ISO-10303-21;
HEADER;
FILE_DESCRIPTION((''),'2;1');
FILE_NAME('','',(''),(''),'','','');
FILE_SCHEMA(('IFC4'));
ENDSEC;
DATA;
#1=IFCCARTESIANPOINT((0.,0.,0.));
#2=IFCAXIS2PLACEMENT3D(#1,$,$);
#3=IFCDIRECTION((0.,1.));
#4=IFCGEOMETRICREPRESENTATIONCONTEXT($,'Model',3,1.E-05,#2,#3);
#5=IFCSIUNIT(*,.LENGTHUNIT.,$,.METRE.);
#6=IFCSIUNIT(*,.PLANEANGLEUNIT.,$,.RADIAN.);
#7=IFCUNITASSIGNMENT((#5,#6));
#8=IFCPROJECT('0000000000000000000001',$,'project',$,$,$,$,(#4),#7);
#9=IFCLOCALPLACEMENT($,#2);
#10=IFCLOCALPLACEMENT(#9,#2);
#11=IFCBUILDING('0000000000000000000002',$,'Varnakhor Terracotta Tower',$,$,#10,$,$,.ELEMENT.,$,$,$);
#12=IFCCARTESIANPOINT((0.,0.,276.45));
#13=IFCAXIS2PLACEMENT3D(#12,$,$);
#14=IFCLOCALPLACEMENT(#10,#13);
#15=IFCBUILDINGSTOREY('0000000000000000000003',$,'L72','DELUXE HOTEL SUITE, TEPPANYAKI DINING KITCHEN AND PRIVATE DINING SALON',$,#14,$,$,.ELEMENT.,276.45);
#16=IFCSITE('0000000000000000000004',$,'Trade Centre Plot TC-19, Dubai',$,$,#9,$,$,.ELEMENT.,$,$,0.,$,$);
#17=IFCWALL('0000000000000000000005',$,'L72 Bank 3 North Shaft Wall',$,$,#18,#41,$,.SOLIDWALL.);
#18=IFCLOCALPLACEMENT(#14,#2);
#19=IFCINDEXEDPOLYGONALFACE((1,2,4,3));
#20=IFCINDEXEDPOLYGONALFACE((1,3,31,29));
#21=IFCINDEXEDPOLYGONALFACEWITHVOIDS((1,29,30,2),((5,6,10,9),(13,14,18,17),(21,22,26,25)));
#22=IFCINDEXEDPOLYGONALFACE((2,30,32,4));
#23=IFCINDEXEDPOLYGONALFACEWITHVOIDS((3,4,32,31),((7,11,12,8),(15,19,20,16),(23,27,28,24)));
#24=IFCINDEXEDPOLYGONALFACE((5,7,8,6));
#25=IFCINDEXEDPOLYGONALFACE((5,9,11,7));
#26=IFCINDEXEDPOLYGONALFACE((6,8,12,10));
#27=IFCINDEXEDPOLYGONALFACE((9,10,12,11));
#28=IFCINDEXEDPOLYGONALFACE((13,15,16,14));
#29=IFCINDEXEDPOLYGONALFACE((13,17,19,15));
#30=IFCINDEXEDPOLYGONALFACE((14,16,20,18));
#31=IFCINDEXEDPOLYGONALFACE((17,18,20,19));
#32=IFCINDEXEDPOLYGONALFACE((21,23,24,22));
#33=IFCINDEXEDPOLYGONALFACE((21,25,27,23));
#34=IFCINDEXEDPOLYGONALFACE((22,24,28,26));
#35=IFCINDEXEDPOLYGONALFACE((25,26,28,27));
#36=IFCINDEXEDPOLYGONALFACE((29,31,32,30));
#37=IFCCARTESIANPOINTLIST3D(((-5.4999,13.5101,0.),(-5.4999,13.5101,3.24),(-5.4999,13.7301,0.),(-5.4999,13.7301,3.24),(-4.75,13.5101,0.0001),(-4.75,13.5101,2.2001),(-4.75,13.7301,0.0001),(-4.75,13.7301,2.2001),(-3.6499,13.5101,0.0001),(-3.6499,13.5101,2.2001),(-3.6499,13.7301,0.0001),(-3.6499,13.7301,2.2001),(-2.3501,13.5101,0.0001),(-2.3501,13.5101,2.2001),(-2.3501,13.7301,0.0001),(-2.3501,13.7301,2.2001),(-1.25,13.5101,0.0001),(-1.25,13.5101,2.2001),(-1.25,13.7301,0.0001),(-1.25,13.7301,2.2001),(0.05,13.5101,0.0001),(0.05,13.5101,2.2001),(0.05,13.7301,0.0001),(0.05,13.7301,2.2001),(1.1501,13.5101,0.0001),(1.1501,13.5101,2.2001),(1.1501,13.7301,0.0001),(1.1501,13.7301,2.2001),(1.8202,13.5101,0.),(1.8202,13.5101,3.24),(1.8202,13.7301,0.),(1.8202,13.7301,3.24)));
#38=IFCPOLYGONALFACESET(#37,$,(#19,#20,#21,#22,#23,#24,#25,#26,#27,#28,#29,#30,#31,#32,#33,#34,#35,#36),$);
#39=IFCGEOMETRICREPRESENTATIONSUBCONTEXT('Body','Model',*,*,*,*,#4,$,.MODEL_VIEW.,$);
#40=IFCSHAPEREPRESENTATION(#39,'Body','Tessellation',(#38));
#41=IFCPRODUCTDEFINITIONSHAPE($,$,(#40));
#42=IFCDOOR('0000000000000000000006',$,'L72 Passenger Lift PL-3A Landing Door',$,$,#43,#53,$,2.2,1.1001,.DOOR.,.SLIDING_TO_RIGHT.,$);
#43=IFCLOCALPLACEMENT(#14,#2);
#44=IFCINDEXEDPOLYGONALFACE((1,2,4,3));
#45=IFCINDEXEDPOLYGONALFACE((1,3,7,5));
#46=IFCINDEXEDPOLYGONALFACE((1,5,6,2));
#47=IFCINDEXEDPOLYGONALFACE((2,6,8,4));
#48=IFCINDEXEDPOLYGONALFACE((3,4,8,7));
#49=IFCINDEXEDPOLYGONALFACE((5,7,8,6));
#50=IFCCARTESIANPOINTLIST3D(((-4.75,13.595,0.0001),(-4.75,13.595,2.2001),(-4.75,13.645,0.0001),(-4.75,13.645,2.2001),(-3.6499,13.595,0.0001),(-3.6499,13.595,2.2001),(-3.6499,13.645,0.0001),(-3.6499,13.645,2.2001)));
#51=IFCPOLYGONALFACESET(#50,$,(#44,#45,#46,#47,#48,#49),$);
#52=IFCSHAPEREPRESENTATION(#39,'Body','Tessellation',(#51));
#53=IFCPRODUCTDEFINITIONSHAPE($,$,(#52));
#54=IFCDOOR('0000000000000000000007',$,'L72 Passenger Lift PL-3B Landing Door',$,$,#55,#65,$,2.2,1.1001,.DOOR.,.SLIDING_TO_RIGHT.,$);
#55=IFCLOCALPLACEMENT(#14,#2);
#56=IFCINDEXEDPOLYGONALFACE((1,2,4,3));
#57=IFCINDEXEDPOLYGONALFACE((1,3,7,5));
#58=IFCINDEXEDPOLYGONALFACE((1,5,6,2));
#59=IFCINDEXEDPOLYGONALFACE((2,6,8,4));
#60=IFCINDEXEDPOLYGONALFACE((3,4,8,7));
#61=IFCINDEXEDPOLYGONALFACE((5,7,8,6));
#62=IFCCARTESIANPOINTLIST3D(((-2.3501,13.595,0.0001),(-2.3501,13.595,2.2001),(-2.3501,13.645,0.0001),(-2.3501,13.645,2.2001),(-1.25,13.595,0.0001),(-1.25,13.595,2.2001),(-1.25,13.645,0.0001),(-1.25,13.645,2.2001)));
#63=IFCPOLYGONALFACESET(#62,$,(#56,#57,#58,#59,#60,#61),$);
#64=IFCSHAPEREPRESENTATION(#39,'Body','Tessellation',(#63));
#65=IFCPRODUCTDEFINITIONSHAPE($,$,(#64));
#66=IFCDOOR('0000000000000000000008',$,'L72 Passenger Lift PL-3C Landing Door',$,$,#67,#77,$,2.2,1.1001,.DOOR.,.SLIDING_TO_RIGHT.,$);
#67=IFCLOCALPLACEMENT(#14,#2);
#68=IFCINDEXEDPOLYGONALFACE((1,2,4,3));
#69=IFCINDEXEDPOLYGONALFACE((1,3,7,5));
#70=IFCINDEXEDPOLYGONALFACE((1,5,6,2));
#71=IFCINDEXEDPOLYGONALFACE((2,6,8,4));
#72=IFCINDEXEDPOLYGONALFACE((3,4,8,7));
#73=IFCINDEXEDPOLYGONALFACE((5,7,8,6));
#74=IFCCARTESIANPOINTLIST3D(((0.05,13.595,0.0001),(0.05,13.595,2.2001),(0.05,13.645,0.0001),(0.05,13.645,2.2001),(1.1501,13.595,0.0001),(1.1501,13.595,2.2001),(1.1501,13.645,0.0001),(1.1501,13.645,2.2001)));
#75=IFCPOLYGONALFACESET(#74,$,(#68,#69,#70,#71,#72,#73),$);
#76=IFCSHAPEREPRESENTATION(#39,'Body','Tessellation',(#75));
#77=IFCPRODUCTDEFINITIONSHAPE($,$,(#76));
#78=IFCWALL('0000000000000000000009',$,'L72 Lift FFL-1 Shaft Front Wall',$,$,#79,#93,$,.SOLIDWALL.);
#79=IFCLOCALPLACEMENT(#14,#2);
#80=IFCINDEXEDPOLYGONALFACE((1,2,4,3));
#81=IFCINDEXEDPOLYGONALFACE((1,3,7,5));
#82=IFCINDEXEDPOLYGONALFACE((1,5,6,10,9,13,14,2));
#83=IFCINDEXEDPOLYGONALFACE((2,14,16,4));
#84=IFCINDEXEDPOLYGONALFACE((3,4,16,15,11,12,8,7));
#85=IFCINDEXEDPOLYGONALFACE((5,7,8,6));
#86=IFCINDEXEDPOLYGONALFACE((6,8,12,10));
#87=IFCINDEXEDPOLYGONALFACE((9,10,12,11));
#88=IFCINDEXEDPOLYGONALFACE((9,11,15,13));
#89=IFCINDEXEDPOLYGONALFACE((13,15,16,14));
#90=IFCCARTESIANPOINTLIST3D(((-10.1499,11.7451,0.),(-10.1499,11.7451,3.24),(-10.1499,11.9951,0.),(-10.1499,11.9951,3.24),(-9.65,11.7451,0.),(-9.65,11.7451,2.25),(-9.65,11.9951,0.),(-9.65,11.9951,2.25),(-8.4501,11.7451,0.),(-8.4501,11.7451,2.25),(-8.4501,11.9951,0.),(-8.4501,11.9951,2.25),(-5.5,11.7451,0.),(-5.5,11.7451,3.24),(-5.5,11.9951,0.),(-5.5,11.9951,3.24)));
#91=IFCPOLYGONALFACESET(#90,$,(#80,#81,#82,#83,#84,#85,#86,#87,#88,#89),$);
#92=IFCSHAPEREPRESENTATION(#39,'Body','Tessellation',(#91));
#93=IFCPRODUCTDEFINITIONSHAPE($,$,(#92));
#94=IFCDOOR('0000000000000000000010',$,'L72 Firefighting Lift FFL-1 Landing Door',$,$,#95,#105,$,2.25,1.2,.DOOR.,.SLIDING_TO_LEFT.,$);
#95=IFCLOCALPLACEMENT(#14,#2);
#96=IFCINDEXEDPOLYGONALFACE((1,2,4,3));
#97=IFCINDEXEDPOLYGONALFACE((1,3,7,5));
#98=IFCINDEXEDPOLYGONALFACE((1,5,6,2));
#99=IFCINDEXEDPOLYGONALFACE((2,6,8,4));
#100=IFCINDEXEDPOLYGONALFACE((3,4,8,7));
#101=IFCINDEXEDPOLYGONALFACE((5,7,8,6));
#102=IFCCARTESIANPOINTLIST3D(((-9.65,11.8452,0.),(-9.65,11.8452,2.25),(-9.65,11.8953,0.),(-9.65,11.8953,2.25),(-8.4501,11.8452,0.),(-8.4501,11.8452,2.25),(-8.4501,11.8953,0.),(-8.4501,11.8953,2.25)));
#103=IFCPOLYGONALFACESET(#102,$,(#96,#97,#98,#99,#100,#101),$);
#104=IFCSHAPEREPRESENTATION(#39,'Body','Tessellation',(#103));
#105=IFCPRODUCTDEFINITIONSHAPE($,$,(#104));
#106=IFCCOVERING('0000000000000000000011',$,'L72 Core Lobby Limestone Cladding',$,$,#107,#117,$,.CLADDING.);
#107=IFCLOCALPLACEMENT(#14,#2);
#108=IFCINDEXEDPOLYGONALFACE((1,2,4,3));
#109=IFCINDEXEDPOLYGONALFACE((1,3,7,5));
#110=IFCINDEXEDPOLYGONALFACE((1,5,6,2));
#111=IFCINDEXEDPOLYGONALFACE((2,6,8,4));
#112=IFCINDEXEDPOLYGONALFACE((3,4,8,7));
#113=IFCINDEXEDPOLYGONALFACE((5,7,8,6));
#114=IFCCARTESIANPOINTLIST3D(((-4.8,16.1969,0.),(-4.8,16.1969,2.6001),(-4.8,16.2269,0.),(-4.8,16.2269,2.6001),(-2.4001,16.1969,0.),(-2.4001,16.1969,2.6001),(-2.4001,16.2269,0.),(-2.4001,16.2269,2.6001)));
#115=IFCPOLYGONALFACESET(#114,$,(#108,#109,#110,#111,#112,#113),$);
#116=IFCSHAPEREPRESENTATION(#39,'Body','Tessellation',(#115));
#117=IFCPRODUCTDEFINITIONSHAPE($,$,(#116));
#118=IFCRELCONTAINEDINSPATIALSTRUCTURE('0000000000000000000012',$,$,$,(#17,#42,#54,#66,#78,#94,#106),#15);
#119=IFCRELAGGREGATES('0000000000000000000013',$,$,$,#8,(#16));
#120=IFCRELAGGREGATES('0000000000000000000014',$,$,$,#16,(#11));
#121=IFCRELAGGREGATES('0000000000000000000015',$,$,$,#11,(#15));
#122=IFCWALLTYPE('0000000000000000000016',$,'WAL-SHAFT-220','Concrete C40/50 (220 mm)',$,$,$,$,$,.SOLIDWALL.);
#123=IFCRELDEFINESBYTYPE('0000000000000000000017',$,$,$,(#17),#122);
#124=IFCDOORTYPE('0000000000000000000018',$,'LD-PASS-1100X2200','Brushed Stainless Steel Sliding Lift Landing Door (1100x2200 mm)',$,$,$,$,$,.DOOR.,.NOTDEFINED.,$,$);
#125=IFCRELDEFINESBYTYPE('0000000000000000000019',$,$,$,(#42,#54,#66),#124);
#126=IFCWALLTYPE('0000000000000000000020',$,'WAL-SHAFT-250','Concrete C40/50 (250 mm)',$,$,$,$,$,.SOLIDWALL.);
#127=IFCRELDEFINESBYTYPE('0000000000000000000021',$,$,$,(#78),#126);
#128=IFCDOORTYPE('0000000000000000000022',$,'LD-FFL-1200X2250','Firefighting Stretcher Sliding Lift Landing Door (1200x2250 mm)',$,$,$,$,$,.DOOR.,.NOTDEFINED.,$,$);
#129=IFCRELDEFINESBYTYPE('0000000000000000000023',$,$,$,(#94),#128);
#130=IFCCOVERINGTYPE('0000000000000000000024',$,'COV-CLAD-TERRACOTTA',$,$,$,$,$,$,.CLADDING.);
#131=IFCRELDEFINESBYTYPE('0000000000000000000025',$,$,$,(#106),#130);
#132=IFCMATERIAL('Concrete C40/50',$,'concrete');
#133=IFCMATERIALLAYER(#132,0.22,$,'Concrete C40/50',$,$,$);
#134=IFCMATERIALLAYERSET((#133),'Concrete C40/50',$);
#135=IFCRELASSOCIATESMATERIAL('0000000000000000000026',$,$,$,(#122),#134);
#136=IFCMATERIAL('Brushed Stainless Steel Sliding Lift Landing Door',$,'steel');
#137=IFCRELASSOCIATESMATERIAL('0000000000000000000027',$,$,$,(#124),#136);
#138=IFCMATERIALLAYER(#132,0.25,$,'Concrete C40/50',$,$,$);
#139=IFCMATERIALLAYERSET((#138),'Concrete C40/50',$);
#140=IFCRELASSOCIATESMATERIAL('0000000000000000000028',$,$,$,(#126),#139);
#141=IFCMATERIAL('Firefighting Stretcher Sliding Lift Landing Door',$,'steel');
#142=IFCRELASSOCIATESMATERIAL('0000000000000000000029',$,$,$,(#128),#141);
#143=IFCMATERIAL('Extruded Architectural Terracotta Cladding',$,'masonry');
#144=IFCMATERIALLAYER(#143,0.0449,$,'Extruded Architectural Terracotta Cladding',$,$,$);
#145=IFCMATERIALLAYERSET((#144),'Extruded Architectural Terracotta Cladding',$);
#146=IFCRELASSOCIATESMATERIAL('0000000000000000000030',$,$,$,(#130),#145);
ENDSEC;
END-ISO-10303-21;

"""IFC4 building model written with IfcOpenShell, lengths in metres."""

from ifc_helpers import new_model, si_unit, direction, frame, frame_2d, origin, origin_2d, place, context, subcontext, project, spatial, rectangle, extrude, source, transform, mapped, material, layer, layer_set, type_object, type_shapes, element, fill, save


model = new_model("IFC4")

# Units and contexts
model_context = context("Model", 3, precision=1e-05, world=origin(), true_north=direction((0.0, 1.0)))
body_context = subcontext(model_context, "Body", "Model", "MODEL_VIEW")
ifc_project = project(units=[si_unit("LENGTHUNIT", "METRE"), si_unit("PLANEANGLEUNIT", "RADIAN")], contexts=[model_context])

# Site, building, storey
site_placement = place(None, origin())
site = spatial("IfcSite", under=ifc_project, at=site_placement, Name="Trade Centre Plot TC-19, Dubai", CompositionType="ELEMENT", RefElevation=0.0)
building_placement = place(site_placement, origin())
building = spatial("IfcBuilding", under=site, at=building_placement, Name="Varnakhor Terracotta Tower", CompositionType="ELEMENT")
storey_placement = place(building_placement, frame((0.0, 0.0, 276.45)))
storey = spatial("IfcBuildingStorey", under=building, at=storey_placement, Name="L72", Description="DELUXE HOTEL SUITE, TEPPANYAKI DINING KITCHEN AND PRIVATE DINING SALON", CompositionType="ELEMENT", Elevation=276.45)

# Shared definitions
ifc_material_1 = material(Name="Concrete C40/50", Category="concrete")
ifc_layer_1 = layer(ifc_material_1, 0.22, Name="Concrete C40/50")
ifc_layer_set_1 = layer_set([ifc_layer_1], Name="Concrete C40/50")
wall_type_1 = type_object("IfcWallType", Name="WAL-SHAFT-220", Description="Concrete C40/50 (220 mm)", PredefinedType="SOLIDWALL", material=ifc_layer_set_1)

# Wall, openings, doors
wall_1_placement = place(storey_placement, frame((-5.5, 13.6201, 0.0), z_axis=(0.0, 0.0, 1.0), x_axis=(1.0, 0.0, 0.0)))
wall_1 = element("IfcWall", 1, at=wall_1_placement, inside=storey, type_object=wall_type_1, Name="L72 Bank 3 North Shaft Wall", PredefinedType="SOLIDWALL", context=body_context, shape_type="SweptSolid", body=[
    extrude(rectangle(XDim=7.3201, YDim=0.22, at=frame_2d((3.6602, 0.0))), origin(), (0.0, 0.0, 1.0), 3.24),
])
opening_1_placement = place(wall_1_placement, frame((0.75, 0.0, 0.0)))
opening_1 = element("IfcOpeningElement", 2, at=opening_1_placement, cuts=wall_1, PredefinedType="OPENING", context=body_context, shape_type="SweptSolid", body=[
    extrude(rectangle(XDim=1.1001, YDim=2.2, at=frame_2d((0.55, 1.1001))), frame((0.0, 0.1201, 0.0), z_axis=(0.0, -1.0, 0.0), x_axis=(1.0, 0.0, 0.0)), (0.0, 0.0, 1.0), 0.24),
])
opening_2_placement = place(wall_1_placement, frame((3.1499, 0.0, 0.0)))
opening_2 = element("IfcOpeningElement", 3, at=opening_2_placement, cuts=wall_1, PredefinedType="OPENING", context=body_context, shape_type="SweptSolid", body=[
    extrude(rectangle(XDim=1.1001, YDim=2.2, at=frame_2d((0.55, 1.1001))), frame((0.0, 0.1201, 0.0), z_axis=(0.0, -1.0, 0.0), x_axis=(1.0, 0.0, 0.0)), (0.0, 0.0, 1.0), 0.24),
])
opening_3_placement = place(wall_1_placement, frame((5.55, 0.0, 0.0)))
opening_3 = element("IfcOpeningElement", 4, at=opening_3_placement, cuts=wall_1, PredefinedType="OPENING", context=body_context, shape_type="SweptSolid", body=[
    extrude(rectangle(XDim=1.1001, YDim=2.2, at=frame_2d((0.55, 1.1001))), frame((0.0, 0.1201, 0.0), z_axis=(0.0, -1.0, 0.0), x_axis=(1.0, 0.0, 0.0)), (0.0, 0.0, 1.0), 0.24),
])
ifc_material_2 = material(Name="Brushed Stainless Steel Sliding Lift Landing Door", Category="steel")
door_type_1 = type_object("IfcDoorType", Name="LD-PASS-1100X2200", Description="Brushed Stainless Steel Sliding Lift Landing Door (1100x2200 mm)", OperationType="NOTDEFINED", PredefinedType="DOOR", material=ifc_material_2)
shared_shape_1 = source(origin(), body_context, "Body", "SweptSolid", [
    extrude(rectangle(XDim=1.1001, YDim=2.2, at=frame_2d((0.55, 1.1001))), frame((0.0, 0.0249, 0.0), z_axis=(0.0, -1.0, 0.0), x_axis=(1.0, 0.0, 0.0)), (0.0, 0.0, 1.0), 0.05),
])
type_shapes(door_type_1, [shared_shape_1])
door_1_placement = place(opening_1_placement, origin())
door_1 = element("IfcDoor", 5, at=door_1_placement, inside=storey, type_object=door_type_1, Name="L72 Passenger Lift PL-3A Landing Door", OperationType="SLIDING_TO_RIGHT", OverallHeight=2.2, OverallWidth=1.1001, PredefinedType="DOOR", context=body_context, shape_type="MappedRepresentation", body=[
    mapped(shared_shape_1, transform((0.0, 0.0, 0.0), scale=1.0)),
])
fill(opening_1, door_1)
door_2_placement = place(opening_2_placement, origin())
door_2 = element("IfcDoor", 6, at=door_2_placement, inside=storey, type_object=door_type_1, Name="L72 Passenger Lift PL-3B Landing Door", OperationType="SLIDING_TO_RIGHT", OverallHeight=2.2, OverallWidth=1.1001, PredefinedType="DOOR", context=body_context, shape_type="MappedRepresentation", body=[
    mapped(shared_shape_1, transform((0.0, 0.0, 0.0), scale=1.0)),
])
fill(opening_2, door_2)
door_3_placement = place(opening_3_placement, origin())
door_3 = element("IfcDoor", 7, at=door_3_placement, inside=storey, type_object=door_type_1, Name="L72 Passenger Lift PL-3C Landing Door", OperationType="SLIDING_TO_RIGHT", OverallHeight=2.2, OverallWidth=1.1001, PredefinedType="DOOR", context=body_context, shape_type="MappedRepresentation", body=[
    mapped(shared_shape_1, transform((0.0, 0.0, 0.0), scale=1.0)),
])
fill(opening_3, door_3)

# Wall, opening, door
ifc_layer_2 = layer(ifc_material_1, 0.25, Name="Concrete C40/50")
ifc_layer_set_2 = layer_set([ifc_layer_2], Name="Concrete C40/50")
wall_type_2 = type_object("IfcWallType", Name="WAL-SHAFT-250", Description="Concrete C40/50 (250 mm)", PredefinedType="SOLIDWALL", material=ifc_layer_set_2)
wall_2_placement = place(storey_placement, frame((-5.5, 11.8701, 0.0), z_axis=(0.0, 0.0, 1.0), x_axis=(-1.0, 0.0, 0.0)))
wall_2 = element("IfcWall", 8, at=wall_2_placement, inside=storey, type_object=wall_type_2, Name="L72 Lift FFL-1 Shaft Front Wall", PredefinedType="SOLIDWALL", context=body_context, shape_type="SweptSolid", body=[
    extrude(rectangle(XDim=4.6499, YDim=0.25, at=frame_2d((2.325, 0.0))), origin(), (0.0, 0.0, 1.0), 3.24),
])
opening_4_placement = place(wall_2_placement, frame((2.95, 0.0, 0.0)))
opening_4 = element("IfcOpeningElement", 9, at=opening_4_placement, cuts=wall_2, PredefinedType="OPENING", context=body_context, shape_type="SweptSolid", body=[
    extrude(rectangle(XDim=1.2, YDim=2.25, at=frame_2d((0.6001, 1.125))), frame((0.0, 0.135, 0.0), z_axis=(0.0, -1.0, 0.0), x_axis=(1.0, 0.0, 0.0)), (0.0, 0.0, 1.0), 0.27),
])
ifc_material_3 = material(Name="Firefighting Stretcher Sliding Lift Landing Door", Category="steel")
door_type_2 = type_object("IfcDoorType", Name="LD-FFL-1200X2250", Description="Firefighting Stretcher Sliding Lift Landing Door (1200x2250 mm)", OperationType="NOTDEFINED", PredefinedType="DOOR", material=ifc_material_3)
shared_shape_2 = source(origin(), body_context, "Body", "SweptSolid", [
    extrude(rectangle(XDim=1.2, YDim=2.25, at=frame_2d((0.6001, 1.125))), frame((0.0, 0.0249, 0.0), z_axis=(0.0, -1.0, 0.0), x_axis=(1.0, 0.0, 0.0)), (0.0, 0.0, 1.0), 0.05),
])
type_shapes(door_type_2, [shared_shape_2])
door_4_placement = place(opening_4_placement, origin())
door_4 = element("IfcDoor", 10, at=door_4_placement, inside=storey, type_object=door_type_2, Name="L72 Firefighting Lift FFL-1 Landing Door", OperationType="SLIDING_TO_LEFT", OverallHeight=2.25, OverallWidth=1.2, PredefinedType="DOOR", context=body_context, shape_type="MappedRepresentation", body=[
    mapped(shared_shape_2, transform((0.0, 0.0, 0.0), scale=1.0)),
])
fill(opening_4, door_4)

# Covering
ifc_material_4 = material(Name="Extruded Architectural Terracotta Cladding", Category="masonry")
ifc_layer_3 = layer(ifc_material_4, 0.0449, Name="Extruded Architectural Terracotta Cladding")
ifc_layer_set_3 = layer_set([ifc_layer_3], Name="Extruded Architectural Terracotta Cladding")
covering_type = type_object("IfcCoveringType", Name="COV-CLAD-TERRACOTTA", PredefinedType="CLADDING", material=ifc_layer_set_3)
shared_shape_3 = source(origin(), body_context, "Body", "SweptSolid", [
    extrude(rectangle(XDim=2.3999, YDim=0.03, at=origin_2d()), origin(), (0.0, 0.0, 1.0), 2.6001),
])
type_shapes(covering_type, [shared_shape_3])
covering_placement = place(storey_placement, frame((-3.6001, 16.2119, 0.0), z_axis=(0.0, 0.0, 1.0), x_axis=(1.0, 0.0, 0.0)))
element("IfcCovering", 11, at=covering_placement, inside=storey, type_object=covering_type, Name="L72 Core Lobby Limestone Cladding", PredefinedType="CLADDING", context=body_context, shape_type="MappedRepresentation", body=[
    mapped(shared_shape_3, transform((0.0, 0.0, 0.0), scale=1.0)),
])

save(model, "model.ifc")
